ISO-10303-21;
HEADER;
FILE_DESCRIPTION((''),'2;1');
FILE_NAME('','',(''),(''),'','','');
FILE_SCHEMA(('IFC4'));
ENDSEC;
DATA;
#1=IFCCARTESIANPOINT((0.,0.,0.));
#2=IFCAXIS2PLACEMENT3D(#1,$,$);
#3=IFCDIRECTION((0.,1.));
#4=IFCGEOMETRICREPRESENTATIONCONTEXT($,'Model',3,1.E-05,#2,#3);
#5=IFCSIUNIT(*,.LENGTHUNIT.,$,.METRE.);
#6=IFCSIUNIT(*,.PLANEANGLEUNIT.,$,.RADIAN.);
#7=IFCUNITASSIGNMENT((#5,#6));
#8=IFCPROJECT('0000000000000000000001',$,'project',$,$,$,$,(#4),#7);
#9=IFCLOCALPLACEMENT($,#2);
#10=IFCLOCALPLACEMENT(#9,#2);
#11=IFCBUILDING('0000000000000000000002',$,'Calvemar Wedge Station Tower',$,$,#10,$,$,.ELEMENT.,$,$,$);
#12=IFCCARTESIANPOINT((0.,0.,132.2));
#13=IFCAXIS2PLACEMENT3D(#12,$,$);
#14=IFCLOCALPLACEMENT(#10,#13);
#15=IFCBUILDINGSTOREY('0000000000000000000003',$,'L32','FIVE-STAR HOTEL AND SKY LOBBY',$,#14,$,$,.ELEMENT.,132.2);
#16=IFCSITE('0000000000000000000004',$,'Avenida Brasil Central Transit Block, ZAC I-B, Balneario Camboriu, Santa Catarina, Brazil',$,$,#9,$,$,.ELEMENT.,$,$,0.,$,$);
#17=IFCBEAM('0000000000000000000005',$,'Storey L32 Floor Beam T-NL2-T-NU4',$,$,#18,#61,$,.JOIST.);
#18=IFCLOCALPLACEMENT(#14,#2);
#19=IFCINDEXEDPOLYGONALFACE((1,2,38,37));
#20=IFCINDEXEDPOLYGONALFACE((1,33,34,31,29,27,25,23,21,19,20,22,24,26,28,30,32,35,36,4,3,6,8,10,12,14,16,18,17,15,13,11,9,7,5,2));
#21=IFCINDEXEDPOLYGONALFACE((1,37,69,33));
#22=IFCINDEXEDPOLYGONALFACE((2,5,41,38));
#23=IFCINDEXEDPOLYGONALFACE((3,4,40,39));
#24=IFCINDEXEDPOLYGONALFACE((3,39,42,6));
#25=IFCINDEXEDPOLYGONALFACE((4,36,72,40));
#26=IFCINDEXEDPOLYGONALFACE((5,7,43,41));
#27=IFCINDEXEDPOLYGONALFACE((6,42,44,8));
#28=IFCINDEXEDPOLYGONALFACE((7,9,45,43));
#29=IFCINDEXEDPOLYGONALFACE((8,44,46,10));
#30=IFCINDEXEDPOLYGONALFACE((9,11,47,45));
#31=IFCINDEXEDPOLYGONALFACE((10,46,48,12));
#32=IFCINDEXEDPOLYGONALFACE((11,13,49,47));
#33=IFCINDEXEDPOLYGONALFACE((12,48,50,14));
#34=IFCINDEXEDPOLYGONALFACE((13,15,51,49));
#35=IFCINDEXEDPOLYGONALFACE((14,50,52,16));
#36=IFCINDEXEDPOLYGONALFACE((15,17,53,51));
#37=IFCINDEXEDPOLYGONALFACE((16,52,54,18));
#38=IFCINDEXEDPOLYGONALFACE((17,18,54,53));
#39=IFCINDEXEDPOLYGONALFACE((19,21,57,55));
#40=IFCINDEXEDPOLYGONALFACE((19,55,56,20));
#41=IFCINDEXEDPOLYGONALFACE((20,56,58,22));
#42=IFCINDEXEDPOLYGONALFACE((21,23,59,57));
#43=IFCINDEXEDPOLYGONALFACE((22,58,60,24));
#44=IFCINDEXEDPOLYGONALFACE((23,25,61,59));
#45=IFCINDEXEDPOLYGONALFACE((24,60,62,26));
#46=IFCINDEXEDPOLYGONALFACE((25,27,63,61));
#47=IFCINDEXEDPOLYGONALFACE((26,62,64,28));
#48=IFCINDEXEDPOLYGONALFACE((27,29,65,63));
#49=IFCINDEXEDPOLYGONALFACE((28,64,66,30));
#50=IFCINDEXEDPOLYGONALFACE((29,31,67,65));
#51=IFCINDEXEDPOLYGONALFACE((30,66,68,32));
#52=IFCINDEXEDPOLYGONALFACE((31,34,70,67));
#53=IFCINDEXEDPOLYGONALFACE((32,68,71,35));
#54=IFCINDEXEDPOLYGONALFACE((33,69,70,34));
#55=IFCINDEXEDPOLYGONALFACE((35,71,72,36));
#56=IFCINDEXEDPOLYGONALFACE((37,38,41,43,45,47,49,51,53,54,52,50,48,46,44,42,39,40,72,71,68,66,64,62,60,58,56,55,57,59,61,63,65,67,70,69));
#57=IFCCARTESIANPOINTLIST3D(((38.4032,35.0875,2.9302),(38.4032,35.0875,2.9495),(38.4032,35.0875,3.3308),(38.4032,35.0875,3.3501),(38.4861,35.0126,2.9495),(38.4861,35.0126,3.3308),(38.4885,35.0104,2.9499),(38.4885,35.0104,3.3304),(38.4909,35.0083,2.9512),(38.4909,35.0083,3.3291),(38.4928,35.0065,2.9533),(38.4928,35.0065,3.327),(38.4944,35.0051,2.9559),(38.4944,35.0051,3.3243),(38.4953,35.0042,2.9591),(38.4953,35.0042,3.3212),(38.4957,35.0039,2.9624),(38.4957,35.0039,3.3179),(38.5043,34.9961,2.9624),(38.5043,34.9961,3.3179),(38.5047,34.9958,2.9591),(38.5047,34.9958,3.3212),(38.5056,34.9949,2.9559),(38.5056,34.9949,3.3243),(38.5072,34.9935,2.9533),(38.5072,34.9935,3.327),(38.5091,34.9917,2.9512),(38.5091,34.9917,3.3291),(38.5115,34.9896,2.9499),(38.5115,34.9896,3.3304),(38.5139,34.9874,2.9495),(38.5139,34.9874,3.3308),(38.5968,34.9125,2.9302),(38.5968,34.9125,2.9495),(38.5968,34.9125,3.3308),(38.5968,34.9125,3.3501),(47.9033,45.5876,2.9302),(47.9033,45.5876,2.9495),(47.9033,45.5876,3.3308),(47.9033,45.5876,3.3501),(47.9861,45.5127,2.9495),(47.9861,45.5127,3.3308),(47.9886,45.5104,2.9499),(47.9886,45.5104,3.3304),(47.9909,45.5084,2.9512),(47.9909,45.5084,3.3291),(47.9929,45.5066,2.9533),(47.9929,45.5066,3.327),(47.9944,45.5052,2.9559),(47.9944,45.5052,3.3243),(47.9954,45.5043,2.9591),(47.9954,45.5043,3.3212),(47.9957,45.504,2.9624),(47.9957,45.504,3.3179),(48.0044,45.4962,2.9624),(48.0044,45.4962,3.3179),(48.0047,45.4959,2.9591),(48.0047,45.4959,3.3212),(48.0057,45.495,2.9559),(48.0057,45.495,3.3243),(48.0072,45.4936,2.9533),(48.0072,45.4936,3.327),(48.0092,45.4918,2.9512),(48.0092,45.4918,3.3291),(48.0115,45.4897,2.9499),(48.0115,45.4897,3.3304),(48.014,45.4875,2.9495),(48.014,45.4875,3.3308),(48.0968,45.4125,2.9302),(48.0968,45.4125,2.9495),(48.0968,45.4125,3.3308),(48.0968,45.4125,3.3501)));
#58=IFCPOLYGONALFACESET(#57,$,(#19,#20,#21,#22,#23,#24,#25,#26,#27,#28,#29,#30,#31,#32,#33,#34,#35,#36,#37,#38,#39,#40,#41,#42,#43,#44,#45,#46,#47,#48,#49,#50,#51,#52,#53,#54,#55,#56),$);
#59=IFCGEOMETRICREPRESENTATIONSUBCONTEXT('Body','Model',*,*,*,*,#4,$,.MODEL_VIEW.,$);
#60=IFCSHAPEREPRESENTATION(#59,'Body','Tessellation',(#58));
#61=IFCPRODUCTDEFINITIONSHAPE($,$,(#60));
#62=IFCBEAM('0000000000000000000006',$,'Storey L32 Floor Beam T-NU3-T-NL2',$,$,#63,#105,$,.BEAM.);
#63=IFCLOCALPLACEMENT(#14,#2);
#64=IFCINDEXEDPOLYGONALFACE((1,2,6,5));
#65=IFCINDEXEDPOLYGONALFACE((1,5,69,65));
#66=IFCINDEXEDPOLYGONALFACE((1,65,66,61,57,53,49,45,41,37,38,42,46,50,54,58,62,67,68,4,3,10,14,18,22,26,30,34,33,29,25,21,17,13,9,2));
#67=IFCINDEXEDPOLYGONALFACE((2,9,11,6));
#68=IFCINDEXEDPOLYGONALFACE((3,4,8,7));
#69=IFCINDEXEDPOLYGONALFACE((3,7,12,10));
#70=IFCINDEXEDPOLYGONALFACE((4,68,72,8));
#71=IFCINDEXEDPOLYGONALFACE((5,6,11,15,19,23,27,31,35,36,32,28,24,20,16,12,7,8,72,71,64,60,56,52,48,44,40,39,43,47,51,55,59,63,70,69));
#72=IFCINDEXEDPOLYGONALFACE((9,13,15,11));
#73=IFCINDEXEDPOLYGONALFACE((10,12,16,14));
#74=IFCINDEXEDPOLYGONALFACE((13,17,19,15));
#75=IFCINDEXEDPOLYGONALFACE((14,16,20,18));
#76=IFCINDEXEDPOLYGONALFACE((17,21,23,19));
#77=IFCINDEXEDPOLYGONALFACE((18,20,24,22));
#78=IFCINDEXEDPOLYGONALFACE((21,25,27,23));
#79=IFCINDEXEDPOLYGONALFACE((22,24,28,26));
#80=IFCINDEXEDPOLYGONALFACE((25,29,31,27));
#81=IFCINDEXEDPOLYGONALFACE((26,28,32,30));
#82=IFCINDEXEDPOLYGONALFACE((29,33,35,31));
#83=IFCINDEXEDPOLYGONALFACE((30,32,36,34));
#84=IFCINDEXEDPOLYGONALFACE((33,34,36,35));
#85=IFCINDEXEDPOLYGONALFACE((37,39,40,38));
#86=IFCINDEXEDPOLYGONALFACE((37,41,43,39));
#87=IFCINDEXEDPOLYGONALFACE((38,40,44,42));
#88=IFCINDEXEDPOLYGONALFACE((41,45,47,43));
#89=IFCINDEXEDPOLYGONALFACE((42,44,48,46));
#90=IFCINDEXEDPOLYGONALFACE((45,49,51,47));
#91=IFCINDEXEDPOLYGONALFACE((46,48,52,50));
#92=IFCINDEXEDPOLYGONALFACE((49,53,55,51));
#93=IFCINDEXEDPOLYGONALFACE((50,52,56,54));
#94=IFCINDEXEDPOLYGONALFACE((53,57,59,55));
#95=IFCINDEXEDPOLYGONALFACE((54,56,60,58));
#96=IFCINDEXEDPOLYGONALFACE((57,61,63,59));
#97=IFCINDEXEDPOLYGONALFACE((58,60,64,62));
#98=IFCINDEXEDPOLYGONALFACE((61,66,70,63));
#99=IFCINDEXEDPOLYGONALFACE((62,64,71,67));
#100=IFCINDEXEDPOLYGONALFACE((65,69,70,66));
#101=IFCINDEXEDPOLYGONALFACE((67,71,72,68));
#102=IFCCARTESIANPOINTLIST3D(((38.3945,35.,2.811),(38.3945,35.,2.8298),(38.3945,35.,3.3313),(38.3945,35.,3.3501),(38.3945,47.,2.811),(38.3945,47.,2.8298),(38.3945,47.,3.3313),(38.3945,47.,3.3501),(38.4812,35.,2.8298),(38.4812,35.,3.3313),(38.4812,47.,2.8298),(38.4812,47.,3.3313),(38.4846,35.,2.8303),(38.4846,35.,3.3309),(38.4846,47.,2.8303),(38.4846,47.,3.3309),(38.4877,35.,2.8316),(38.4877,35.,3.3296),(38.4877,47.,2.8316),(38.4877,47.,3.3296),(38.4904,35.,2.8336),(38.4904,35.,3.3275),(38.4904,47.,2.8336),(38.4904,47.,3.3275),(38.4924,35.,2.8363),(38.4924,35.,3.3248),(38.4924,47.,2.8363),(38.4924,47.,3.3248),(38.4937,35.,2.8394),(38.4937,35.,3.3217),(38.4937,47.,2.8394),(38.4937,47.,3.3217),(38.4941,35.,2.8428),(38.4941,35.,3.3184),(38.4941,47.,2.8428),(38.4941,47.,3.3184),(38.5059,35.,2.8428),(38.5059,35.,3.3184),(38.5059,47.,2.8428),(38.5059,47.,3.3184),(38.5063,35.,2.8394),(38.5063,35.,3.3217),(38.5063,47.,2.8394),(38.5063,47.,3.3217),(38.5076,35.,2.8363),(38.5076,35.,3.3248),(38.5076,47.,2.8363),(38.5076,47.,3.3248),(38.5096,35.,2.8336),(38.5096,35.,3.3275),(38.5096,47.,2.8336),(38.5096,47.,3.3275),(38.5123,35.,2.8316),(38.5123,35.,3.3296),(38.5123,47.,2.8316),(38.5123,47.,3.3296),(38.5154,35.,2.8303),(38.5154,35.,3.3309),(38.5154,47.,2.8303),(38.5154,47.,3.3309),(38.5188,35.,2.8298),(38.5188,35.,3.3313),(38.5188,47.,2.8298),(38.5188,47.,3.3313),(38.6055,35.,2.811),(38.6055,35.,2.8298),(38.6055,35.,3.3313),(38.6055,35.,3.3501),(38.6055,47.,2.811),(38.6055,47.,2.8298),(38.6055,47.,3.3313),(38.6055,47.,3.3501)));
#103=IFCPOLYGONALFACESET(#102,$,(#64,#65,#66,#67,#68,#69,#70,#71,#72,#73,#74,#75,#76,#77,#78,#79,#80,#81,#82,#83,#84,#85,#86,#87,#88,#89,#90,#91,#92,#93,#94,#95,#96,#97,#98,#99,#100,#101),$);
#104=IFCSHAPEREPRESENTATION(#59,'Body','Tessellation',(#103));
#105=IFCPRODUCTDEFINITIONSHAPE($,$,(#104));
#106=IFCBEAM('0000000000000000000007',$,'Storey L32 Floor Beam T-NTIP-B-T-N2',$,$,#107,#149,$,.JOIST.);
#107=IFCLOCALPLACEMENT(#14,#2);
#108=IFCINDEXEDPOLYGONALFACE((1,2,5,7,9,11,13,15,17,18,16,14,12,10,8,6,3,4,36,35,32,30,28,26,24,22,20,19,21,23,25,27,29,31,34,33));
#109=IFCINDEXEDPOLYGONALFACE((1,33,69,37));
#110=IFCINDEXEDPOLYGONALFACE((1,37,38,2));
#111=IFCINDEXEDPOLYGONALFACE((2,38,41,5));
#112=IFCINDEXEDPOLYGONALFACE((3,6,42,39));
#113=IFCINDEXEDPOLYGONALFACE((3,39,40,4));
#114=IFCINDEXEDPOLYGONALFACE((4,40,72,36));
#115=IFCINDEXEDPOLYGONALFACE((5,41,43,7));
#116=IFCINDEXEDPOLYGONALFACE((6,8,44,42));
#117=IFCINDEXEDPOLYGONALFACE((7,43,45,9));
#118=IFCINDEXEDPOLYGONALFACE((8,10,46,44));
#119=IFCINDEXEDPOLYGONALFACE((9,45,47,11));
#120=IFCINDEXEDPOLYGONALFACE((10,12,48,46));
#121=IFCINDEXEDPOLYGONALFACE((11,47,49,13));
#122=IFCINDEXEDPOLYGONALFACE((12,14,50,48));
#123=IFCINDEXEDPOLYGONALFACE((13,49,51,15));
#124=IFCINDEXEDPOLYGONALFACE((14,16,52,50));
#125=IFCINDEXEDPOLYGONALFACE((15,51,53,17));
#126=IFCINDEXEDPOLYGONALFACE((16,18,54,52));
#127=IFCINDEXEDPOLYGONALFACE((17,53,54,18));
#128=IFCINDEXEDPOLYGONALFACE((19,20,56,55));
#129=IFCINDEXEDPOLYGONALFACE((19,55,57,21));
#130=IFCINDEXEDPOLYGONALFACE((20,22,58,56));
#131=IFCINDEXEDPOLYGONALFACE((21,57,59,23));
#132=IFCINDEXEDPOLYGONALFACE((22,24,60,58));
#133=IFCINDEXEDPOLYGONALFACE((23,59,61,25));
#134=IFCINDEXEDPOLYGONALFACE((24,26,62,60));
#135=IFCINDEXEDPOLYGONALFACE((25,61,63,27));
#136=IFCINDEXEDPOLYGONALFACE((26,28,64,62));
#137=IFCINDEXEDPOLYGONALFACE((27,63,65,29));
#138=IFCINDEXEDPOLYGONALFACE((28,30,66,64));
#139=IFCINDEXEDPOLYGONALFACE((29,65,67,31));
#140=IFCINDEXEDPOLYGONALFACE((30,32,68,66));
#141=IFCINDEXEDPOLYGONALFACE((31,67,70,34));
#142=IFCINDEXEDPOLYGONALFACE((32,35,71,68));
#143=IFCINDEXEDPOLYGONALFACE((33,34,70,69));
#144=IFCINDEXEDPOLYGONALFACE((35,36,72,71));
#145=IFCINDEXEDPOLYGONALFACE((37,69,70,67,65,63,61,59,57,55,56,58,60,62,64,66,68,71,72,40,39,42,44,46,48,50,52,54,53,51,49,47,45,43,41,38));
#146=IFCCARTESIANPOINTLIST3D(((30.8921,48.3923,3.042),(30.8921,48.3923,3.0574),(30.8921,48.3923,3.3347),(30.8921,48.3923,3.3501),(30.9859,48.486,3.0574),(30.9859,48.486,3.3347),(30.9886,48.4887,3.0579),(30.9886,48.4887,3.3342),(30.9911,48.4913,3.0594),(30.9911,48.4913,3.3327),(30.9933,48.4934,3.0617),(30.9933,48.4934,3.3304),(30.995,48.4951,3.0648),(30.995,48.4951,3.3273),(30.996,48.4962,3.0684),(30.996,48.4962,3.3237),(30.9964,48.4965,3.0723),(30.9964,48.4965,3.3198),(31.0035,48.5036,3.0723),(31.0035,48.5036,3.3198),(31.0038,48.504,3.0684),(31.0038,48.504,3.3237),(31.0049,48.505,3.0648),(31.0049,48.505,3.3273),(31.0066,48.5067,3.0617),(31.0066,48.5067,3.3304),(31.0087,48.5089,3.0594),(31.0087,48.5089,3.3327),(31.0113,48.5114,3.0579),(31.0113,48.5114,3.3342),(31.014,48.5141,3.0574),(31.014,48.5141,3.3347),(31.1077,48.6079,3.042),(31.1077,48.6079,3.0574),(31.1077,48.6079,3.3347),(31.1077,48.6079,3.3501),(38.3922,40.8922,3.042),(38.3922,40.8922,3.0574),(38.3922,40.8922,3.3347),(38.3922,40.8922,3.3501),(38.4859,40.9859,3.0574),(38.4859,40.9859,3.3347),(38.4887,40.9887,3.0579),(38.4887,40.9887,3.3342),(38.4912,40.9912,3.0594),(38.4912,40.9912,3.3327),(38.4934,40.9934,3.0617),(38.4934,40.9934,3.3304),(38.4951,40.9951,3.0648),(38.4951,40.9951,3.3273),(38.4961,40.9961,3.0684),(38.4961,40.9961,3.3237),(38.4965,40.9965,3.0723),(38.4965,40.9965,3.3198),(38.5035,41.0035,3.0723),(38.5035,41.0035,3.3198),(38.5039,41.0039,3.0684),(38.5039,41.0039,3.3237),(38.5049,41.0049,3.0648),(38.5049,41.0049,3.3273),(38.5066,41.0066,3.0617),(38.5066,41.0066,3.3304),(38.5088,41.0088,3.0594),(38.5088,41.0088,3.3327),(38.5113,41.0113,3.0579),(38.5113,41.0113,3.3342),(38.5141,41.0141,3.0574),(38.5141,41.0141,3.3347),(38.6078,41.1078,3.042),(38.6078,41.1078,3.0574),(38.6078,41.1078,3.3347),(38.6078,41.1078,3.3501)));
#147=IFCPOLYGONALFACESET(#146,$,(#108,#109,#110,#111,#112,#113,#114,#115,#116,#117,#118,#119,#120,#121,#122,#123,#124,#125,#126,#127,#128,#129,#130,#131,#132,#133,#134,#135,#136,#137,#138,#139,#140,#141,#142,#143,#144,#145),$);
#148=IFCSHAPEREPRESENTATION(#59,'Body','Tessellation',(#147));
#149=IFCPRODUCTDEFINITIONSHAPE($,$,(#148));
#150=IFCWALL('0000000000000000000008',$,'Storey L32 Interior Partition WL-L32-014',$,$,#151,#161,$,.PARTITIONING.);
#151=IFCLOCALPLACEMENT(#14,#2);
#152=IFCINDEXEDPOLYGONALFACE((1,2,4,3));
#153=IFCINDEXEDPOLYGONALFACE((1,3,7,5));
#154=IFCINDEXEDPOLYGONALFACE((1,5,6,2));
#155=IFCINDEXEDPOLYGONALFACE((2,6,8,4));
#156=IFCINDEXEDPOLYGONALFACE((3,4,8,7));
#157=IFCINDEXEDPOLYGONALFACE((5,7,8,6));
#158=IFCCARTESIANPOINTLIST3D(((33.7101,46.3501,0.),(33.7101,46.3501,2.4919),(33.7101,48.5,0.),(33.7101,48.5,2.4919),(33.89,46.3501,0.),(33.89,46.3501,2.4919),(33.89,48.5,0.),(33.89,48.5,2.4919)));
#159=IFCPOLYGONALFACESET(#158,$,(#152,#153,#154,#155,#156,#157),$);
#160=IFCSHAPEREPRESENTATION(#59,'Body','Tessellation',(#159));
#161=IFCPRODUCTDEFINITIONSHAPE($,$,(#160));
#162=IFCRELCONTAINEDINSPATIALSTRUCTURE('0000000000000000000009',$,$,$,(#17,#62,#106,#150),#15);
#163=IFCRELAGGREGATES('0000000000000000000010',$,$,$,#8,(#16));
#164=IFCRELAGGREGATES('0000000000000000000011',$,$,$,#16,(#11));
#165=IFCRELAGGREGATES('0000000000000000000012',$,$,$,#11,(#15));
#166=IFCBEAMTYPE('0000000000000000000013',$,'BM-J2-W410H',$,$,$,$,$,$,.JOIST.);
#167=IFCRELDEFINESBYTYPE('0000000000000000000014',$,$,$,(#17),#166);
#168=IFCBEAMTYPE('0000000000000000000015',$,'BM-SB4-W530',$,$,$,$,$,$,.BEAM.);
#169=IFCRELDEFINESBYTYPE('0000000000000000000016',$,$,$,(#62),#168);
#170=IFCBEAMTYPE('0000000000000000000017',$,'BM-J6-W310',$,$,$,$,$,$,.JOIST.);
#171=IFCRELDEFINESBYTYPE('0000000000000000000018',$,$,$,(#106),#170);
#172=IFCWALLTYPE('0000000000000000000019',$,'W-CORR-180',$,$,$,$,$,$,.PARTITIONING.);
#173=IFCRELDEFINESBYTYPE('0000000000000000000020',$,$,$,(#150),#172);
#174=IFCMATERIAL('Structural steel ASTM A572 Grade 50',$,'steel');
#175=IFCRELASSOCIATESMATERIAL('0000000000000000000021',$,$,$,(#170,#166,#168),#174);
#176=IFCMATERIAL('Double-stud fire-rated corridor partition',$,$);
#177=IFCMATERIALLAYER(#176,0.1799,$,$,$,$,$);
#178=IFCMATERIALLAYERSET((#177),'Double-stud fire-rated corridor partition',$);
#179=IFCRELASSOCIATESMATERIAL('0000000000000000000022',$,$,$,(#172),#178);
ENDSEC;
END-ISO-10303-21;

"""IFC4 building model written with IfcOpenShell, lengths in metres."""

from ifc_helpers import new_model, si_unit, direction, frame, frame_2d, origin, origin_2d, place, context, subcontext, project, spatial, rectangle, i_section, extrude, source, transform, mapped, material, layer, layer_set, material_profile, profile_set, type_object, element, save


model = new_model("IFC4")

# Units and contexts
model_context = context("Model", 3, precision=1e-05, world=origin(), true_north=direction((0.0, 1.0)))
body_context = subcontext(model_context, "Body", "Model", "MODEL_VIEW")
ifc_project = project(units=[si_unit("LENGTHUNIT", "METRE"), si_unit("PLANEANGLEUNIT", "RADIAN")], contexts=[model_context])

# Site, building, storey
site_placement = place(None, origin())
site = spatial("IfcSite", under=ifc_project, at=site_placement, Name="Avenida Brasil Central Transit Block, ZAC I-B, Balneario Camboriu, Santa Catarina, Brazil", CompositionType="ELEMENT", RefElevation=0.0)
building_placement = place(site_placement, origin())
building = spatial("IfcBuilding", under=site, at=building_placement, Name="Calvemar Wedge Station Tower", CompositionType="ELEMENT")
storey_placement = place(building_placement, frame((0.0, 0.0, 132.2)))
storey = spatial("IfcBuildingStorey", under=building, at=storey_placement, Name="L32", Description="FIVE-STAR HOTEL AND SKY LOBBY", CompositionType="ELEMENT", Elevation=132.2)

# Shared definitions
ifc_material_1 = material(Name="Structural steel ASTM A572 Grade 50", Category="steel")

# Beams
ifc_material_profile_1 = material_profile(ifc_material_1, i_section(OverallWidth=0.3049, OverallDepth=0.3081, WebThickness=0.01, FlangeThickness=0.0154, FilletRadius=0.0149, at=origin_2d()), Name="W310x97")
ifc_profile_set_1 = profile_set([ifc_material_profile_1], Name="Structural steel ASTM A572 Grade 50")
beam_type_1 = type_object("IfcBeamType", Name="BM-J6-W310", PredefinedType="JOIST", material=ifc_profile_set_1)
ifc_material_profile_2 = material_profile(ifc_material_1, i_section(OverallWidth=0.261, OverallDepth=0.4199, WebThickness=0.0117, FlangeThickness=0.0193, FilletRadius=0.0129, at=origin_2d()), Name="W410x114")
ifc_profile_set_2 = profile_set([ifc_material_profile_2], Name="Structural steel ASTM A572 Grade 50")
beam_type_2 = type_object("IfcBeamType", Name="BM-J2-W410H", PredefinedType="JOIST", material=ifc_profile_set_2)
shared_shape_1 = source(origin(), body_context, "Body", "SweptSolid", [
    extrude(i_section(OverallWidth=0.261, OverallDepth=0.4199, WebThickness=0.0117, FlangeThickness=0.0193, FilletRadius=0.0129, at=origin_2d()), origin(), (0.0, 0.0, 1.0), 14.1599),
])
beam_1_placement = place(storey_placement, frame((38.5, 35.0, 3.1401), z_axis=(0.670913, 0.741536, 0.0), x_axis=(-0.741536, 0.670913, 0.0)))
element("IfcBeam", 1, at=beam_1_placement, inside=storey, type_object=beam_type_2, Name="Storey L32 Floor Beam T-NL2-T-NU4", PredefinedType="JOIST", context=body_context, shape_type="MappedRepresentation", body=[
    mapped(shared_shape_1, transform((0.0, 0.0, 0.0), scale=1.0)),
])
ifc_material_profile_3 = material_profile(ifc_material_1, i_section(OverallWidth=0.2109, OverallDepth=0.5391, WebThickness=0.0117, FlangeThickness=0.0188, FilletRadius=0.0129, at=origin_2d()), Name="W530x109")
ifc_profile_set_3 = profile_set([ifc_material_profile_3], Name="Structural steel ASTM A572 Grade 50")
beam_type_3 = type_object("IfcBeamType", Name="BM-SB4-W530", PredefinedType="BEAM", material=ifc_profile_set_3)
shared_shape_2 = source(origin(), body_context, "Body", "SweptSolid", [
    extrude(i_section(OverallWidth=0.2109, OverallDepth=0.5391, WebThickness=0.0117, FlangeThickness=0.0188, FilletRadius=0.0129, at=origin_2d()), origin(), (0.0, 0.0, 1.0), 12.0),
])
beam_2_placement = place(storey_placement, frame((38.5, 47.0, 3.0806), z_axis=(0.0, -1.0, 0.0), x_axis=(1.0, 0.0, 0.0)))
element("IfcBeam", 2, at=beam_2_placement, inside=storey, type_object=beam_type_3, Name="Storey L32 Floor Beam T-NU3-T-NL2", PredefinedType="BEAM", context=body_context, shape_type="MappedRepresentation", body=[
    mapped(shared_shape_2, transform((0.0, 0.0, 0.0), scale=1.0)),
])
shared_shape_3 = source(origin(), body_context, "Body", "SweptSolid", [
    extrude(i_section(OverallWidth=0.3049, OverallDepth=0.3081, WebThickness=0.01, FlangeThickness=0.0154, FilletRadius=0.0149, at=origin_2d()), origin(), (0.0, 0.0, 1.0), 10.6067),
])
beam_3_placement = place(storey_placement, frame((38.5, 41.0, 3.196), z_axis=(-0.707107, 0.707107, 0.0), x_axis=(-0.707107, -0.707107, 0.0)))
element("IfcBeam", 3, at=beam_3_placement, inside=storey, type_object=beam_type_1, Name="Storey L32 Floor Beam T-NTIP-B-T-N2", PredefinedType="JOIST", context=body_context, shape_type="MappedRepresentation", body=[
    mapped(shared_shape_3, transform((0.0, 0.0, 0.0), scale=1.0)),
])

# Wall
ifc_material_2 = material(Name="Double-stud fire-rated corridor partition")
ifc_layer_1 = layer(ifc_material_2, 0.1799)
ifc_layer_set_1 = layer_set([ifc_layer_1], Name="Double-stud fire-rated corridor partition")
wall_type_1 = type_object("IfcWallType", Name="W-CORR-180", PredefinedType="PARTITIONING", material=ifc_layer_set_1)
wall_1_placement = place(storey_placement, frame((33.8, 48.5, 0.0), z_axis=(0.0, 0.0, 1.0), x_axis=(0.0, -1.0, 0.0)))
element("IfcWall", 4, at=wall_1_placement, inside=storey, type_object=wall_type_1, Name="Storey L32 Interior Partition WL-L32-014", PredefinedType="PARTITIONING", context=body_context, shape_type="SweptSolid", body=[
    extrude(rectangle(XDim=2.1499, YDim=0.1799, at=frame_2d((1.075, 0.0))), origin(), (0.0, 0.0, 1.0), 2.4919),
])

save(model, "model.ifc")
